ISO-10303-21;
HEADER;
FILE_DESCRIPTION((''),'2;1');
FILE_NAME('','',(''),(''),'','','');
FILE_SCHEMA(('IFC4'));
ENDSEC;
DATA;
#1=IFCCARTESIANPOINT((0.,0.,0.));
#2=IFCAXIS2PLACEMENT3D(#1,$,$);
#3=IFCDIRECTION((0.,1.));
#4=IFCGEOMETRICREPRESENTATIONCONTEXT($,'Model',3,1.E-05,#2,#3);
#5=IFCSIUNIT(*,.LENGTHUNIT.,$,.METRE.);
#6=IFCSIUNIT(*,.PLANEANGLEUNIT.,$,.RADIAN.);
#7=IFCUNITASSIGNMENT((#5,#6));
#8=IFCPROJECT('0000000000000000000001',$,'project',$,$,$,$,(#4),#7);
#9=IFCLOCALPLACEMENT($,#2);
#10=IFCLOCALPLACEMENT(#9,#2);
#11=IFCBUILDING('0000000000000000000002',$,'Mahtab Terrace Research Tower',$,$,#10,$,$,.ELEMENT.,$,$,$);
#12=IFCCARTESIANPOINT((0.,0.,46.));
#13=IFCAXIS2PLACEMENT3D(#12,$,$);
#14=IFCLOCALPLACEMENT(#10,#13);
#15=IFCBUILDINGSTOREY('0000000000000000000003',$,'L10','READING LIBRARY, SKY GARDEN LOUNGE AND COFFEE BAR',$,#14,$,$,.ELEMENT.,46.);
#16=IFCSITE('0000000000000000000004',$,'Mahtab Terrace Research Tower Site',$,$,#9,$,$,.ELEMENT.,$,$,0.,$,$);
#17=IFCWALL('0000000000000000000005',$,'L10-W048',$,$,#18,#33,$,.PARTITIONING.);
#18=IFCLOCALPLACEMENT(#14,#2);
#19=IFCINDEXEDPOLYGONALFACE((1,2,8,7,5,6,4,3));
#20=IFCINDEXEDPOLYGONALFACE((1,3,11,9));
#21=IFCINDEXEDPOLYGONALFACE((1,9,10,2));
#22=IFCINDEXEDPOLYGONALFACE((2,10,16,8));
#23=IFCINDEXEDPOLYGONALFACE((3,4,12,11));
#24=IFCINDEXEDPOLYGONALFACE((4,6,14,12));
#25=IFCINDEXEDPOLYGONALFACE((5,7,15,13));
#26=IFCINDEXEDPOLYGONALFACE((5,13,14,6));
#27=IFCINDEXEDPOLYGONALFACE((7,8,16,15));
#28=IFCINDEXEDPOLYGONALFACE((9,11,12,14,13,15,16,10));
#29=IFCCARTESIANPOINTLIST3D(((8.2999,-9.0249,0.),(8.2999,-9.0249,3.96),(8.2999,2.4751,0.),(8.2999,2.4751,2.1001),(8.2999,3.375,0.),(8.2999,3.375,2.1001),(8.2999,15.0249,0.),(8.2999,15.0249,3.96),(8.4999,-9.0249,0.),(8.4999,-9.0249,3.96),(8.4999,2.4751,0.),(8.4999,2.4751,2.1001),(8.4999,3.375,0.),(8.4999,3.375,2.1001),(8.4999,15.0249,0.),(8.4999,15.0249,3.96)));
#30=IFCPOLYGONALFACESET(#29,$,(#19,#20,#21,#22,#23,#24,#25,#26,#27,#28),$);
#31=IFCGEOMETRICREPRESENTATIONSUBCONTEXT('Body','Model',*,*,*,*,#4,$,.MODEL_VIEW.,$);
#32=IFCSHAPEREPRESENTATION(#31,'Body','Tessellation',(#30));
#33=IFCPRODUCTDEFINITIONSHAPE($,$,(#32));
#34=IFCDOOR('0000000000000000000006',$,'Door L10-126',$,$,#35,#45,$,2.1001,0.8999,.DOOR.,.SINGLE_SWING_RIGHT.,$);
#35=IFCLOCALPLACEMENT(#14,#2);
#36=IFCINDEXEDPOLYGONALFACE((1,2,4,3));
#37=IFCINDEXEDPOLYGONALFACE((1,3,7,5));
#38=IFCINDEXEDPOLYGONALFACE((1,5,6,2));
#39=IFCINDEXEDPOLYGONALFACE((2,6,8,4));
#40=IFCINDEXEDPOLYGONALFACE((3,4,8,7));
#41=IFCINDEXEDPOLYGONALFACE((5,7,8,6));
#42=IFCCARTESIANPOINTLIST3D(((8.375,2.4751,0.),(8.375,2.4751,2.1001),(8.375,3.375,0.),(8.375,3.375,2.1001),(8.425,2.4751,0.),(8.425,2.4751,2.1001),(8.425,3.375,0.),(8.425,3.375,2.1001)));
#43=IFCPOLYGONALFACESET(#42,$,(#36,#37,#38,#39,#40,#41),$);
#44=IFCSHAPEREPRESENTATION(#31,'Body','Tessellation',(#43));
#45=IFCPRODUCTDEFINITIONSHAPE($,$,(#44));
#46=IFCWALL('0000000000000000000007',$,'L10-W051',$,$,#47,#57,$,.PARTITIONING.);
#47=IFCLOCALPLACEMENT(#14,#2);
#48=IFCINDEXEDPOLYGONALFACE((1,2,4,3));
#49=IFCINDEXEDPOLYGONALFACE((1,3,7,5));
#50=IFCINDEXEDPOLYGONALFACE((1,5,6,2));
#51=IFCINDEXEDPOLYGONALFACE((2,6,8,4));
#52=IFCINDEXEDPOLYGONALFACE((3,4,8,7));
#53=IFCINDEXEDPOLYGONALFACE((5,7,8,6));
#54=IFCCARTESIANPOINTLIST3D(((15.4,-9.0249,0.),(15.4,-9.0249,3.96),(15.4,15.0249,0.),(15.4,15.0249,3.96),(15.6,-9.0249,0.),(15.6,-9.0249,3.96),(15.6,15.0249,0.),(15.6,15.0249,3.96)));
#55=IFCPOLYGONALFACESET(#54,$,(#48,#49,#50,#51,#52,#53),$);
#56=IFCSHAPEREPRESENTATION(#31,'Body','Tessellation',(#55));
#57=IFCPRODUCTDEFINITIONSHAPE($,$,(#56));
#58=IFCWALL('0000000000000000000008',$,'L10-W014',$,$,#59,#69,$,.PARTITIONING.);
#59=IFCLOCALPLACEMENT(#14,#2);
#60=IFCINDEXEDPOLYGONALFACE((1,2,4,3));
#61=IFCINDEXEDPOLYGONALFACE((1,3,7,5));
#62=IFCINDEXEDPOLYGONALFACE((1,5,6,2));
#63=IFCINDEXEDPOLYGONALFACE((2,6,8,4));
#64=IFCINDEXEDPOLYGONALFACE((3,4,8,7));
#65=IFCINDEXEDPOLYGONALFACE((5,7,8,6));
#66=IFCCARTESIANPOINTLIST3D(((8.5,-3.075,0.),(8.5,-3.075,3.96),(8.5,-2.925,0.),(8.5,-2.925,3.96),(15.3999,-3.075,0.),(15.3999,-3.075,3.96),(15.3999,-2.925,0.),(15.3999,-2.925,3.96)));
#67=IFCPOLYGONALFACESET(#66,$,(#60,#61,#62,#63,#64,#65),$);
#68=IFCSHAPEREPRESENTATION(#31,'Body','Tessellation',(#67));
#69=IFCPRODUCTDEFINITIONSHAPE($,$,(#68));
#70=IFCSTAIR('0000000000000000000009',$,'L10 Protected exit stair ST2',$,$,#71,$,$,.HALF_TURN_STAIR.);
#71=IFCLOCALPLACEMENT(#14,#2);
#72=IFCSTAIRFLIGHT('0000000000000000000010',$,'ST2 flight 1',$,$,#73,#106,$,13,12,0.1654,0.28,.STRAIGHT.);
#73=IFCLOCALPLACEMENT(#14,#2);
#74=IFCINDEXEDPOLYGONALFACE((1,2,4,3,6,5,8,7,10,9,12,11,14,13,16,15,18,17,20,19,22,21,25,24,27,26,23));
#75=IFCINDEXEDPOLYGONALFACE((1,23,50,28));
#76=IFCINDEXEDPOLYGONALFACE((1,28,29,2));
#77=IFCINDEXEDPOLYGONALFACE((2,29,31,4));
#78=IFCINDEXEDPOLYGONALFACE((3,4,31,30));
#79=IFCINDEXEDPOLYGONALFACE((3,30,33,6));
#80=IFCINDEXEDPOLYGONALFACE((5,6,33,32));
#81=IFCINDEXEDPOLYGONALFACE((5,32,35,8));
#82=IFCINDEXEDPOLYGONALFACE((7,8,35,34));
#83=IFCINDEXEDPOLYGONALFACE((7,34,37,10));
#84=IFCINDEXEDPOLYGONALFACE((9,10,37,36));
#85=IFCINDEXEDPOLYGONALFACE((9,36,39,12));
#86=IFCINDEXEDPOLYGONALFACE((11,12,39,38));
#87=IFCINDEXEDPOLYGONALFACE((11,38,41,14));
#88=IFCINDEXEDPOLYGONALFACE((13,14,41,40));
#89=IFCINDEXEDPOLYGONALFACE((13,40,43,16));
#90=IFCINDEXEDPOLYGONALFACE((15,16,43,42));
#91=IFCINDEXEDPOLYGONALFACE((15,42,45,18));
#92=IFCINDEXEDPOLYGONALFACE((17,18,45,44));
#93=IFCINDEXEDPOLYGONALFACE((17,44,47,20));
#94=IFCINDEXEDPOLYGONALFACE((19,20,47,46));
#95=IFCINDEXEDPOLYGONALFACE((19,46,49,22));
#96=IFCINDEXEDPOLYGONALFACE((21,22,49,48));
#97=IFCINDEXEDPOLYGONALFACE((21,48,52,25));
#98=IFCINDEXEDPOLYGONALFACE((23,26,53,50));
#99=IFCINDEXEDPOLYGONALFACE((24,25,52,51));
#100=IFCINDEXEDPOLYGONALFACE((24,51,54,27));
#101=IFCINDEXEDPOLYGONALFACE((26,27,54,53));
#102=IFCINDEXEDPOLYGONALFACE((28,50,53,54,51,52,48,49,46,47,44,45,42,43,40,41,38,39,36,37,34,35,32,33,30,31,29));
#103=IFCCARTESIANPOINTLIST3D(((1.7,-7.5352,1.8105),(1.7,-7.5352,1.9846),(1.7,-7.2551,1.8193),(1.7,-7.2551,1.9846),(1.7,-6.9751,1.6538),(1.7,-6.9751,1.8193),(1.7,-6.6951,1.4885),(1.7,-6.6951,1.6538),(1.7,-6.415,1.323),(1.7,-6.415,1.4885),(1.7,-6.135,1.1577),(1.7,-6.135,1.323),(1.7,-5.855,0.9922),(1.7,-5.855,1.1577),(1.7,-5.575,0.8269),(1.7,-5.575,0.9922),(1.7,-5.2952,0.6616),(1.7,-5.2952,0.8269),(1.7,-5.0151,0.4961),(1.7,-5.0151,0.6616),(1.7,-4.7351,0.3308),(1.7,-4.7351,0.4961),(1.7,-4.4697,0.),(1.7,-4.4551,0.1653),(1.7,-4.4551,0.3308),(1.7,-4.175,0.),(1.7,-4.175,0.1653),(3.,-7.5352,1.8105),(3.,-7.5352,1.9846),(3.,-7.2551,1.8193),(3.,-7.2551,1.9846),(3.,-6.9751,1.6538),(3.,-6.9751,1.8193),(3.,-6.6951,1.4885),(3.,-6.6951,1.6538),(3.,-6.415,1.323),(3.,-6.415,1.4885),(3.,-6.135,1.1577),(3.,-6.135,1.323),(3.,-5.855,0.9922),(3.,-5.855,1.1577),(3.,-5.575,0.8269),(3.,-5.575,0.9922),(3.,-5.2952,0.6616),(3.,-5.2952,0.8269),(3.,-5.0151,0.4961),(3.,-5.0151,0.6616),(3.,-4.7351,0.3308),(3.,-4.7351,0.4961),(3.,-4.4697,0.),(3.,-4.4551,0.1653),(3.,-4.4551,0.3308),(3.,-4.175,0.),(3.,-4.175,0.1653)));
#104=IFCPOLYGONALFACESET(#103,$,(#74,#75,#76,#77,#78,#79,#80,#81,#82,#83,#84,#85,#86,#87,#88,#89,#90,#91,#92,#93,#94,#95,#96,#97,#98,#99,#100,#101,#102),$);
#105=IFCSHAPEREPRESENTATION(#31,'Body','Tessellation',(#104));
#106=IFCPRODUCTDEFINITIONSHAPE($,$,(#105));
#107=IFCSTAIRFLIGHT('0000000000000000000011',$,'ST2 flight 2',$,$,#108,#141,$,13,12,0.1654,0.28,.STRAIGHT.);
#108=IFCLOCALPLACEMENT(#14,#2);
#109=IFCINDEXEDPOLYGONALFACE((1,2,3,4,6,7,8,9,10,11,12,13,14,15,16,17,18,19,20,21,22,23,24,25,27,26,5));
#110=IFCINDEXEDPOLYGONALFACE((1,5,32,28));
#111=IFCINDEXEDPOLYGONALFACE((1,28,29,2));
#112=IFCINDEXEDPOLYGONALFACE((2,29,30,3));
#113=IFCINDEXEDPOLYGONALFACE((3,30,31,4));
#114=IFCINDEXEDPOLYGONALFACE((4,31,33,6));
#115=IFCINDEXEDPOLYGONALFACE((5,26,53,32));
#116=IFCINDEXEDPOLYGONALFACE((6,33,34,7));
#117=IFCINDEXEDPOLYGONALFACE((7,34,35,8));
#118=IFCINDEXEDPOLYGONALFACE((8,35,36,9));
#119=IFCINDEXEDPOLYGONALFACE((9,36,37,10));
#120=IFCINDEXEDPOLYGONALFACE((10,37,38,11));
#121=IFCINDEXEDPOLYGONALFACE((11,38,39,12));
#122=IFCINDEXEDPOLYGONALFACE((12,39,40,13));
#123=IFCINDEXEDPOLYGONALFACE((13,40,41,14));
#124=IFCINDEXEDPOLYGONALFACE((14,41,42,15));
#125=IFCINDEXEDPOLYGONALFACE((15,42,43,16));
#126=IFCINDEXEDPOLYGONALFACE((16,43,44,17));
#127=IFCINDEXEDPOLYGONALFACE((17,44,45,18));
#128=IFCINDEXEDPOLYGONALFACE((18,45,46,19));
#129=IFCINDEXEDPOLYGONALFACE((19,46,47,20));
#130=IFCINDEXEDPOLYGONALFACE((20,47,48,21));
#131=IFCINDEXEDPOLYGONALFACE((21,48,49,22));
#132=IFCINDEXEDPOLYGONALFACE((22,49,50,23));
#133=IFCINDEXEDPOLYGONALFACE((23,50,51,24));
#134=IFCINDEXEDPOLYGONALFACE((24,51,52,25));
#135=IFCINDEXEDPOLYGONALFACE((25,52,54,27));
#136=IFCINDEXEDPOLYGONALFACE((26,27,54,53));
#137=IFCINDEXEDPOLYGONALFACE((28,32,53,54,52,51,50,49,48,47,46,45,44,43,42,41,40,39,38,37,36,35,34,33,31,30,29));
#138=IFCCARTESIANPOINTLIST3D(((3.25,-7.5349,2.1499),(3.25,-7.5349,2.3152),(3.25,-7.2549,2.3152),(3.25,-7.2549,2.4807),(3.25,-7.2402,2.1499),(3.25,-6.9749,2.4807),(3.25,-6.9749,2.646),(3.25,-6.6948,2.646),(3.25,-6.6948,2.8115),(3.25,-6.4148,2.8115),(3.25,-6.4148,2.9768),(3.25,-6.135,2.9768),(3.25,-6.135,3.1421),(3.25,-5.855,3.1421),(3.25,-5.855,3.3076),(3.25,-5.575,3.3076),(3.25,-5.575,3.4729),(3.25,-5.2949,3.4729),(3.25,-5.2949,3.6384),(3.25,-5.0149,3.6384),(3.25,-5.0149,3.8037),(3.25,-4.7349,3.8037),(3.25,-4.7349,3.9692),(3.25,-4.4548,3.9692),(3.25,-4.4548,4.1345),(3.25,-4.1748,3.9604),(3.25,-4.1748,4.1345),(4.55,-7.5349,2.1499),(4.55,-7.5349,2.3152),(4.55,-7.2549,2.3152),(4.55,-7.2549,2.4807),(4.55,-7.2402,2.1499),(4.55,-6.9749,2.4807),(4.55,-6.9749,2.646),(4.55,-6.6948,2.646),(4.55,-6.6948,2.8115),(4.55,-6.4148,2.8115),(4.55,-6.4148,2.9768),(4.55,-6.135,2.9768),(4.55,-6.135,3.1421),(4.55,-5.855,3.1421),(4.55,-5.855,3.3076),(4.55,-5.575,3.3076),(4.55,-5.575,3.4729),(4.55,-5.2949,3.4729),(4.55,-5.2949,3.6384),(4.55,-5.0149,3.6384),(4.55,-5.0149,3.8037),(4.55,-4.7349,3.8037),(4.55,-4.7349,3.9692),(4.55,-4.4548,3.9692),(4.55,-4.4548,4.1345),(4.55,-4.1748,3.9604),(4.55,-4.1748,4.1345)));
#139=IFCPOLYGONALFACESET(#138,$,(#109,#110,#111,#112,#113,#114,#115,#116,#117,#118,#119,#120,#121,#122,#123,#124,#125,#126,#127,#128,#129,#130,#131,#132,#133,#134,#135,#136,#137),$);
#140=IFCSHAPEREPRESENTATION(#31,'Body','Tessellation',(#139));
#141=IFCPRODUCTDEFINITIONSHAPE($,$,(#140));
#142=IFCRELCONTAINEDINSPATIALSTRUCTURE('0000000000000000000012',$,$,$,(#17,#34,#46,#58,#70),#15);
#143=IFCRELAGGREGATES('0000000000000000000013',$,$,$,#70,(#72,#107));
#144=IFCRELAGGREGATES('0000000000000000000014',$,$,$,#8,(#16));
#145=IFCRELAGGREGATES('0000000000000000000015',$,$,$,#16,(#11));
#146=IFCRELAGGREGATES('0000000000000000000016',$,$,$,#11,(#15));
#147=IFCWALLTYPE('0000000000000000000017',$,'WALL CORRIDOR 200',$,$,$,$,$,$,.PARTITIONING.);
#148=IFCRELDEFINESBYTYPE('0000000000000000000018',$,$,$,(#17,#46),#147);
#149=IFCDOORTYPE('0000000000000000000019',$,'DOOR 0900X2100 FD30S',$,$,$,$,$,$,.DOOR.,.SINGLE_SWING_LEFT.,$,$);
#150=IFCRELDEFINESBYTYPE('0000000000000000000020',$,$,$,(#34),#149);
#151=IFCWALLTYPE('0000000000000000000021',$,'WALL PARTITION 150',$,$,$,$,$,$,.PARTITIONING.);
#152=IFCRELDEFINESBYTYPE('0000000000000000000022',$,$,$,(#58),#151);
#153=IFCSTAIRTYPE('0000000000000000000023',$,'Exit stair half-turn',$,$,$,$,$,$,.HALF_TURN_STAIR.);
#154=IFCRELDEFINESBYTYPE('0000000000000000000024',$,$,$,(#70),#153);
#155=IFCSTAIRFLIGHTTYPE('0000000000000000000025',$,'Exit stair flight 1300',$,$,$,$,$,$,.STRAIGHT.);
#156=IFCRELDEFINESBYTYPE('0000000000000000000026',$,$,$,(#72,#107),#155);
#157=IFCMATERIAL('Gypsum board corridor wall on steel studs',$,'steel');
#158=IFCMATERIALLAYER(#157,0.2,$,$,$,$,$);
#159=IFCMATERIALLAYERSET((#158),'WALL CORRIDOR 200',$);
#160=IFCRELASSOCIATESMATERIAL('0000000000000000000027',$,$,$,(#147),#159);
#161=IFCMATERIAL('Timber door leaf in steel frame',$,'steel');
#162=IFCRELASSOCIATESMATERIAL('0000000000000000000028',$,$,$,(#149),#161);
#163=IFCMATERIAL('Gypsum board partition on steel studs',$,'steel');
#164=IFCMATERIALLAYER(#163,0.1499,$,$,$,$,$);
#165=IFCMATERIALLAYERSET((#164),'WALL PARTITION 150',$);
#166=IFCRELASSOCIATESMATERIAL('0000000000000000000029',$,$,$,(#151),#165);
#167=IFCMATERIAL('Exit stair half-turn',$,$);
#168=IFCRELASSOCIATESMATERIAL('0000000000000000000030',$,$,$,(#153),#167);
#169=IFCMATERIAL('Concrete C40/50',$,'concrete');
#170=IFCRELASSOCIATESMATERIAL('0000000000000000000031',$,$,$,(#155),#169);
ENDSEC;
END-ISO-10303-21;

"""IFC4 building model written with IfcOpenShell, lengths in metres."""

from ifc_helpers import new_model, si_unit, direction, frame, frame_2d, origin, place, context, subcontext, project, spatial, polyline, rectangle, outline, extrude, material, layer, layer_set, type_object, element, fill, aggregate, save


model = new_model("IFC4")

# Units and contexts
model_context = context("Model", 3, precision=1e-05, world=origin(), true_north=direction((0.0, 1.0)))
body_context = subcontext(model_context, "Body", "Model", "MODEL_VIEW")
ifc_project = project(units=[si_unit("LENGTHUNIT", "METRE"), si_unit("PLANEANGLEUNIT", "RADIAN")], contexts=[model_context])

# Site, building, storey
site_placement = place(None, origin())
site = spatial("IfcSite", under=ifc_project, at=site_placement, Name="Mahtab Terrace Research Tower Site", CompositionType="ELEMENT", RefElevation=0.0)
building_placement = place(site_placement, origin())
building = spatial("IfcBuilding", under=site, at=building_placement, Name="Mahtab Terrace Research Tower", CompositionType="ELEMENT")
storey_placement = place(building_placement, frame((0.0, 0.0, 46.0)))
storey = spatial("IfcBuildingStorey", under=building, at=storey_placement, Name="L10", Description="READING LIBRARY, SKY GARDEN LOUNGE AND COFFEE BAR", CompositionType="ELEMENT", Elevation=46.0)

# Shared definitions
ifc_material_1 = material(Name="Gypsum board corridor wall on steel studs", Category="steel")
ifc_layer_1 = layer(ifc_material_1, 0.2)
ifc_layer_set_1 = layer_set([ifc_layer_1], Name="WALL CORRIDOR 200")
wall_type_1 = type_object("IfcWallType", Name="WALL CORRIDOR 200", PredefinedType="PARTITIONING", material=ifc_layer_set_1)
ifc_material_2 = material(Name="Timber door leaf in steel frame", Category="steel")

# Wall, opening, door
door_type_1 = type_object("IfcDoorType", Name="DOOR 0900X2100 FD30S", OperationType="SINGLE_SWING_LEFT", PredefinedType="DOOR", material=ifc_material_2)
wall_1_placement = place(storey_placement, frame((8.3999, -9.0249, 0.0), z_axis=(0.0, 0.0, 1.0), x_axis=(0.0, 1.0, 0.0)))
wall_1 = element("IfcWall", 1, at=wall_1_placement, inside=storey, type_object=wall_type_1, Name="L10-W048", PredefinedType="PARTITIONING", context=body_context, shape_type="SweptSolid", body=[
    extrude(rectangle(XDim=24.0498, YDim=0.2, at=frame_2d((12.0249, 0.0))), origin(), (0.0, 0.0, 1.0), 3.96),
])
opening_1_placement = place(wall_1_placement, frame((11.5, 0.0, 0.0)))
opening_1 = element("IfcOpeningElement", 2, at=opening_1_placement, cuts=wall_1, PredefinedType="OPENING", context=body_context, shape_type="SweptSolid", body=[
    extrude(rectangle(XDim=0.8999, YDim=2.1001, at=frame_2d((0.45, 1.05))), frame((0.0, 0.1099, 0.0), z_axis=(0.0, -1.0, 0.0), x_axis=(1.0, 0.0, 0.0)), (0.0, 0.0, 1.0), 0.22),
])
door_1_placement = place(opening_1_placement, origin())
door_1 = element("IfcDoor", 3, at=door_1_placement, inside=storey, type_object=door_type_1, Name="Door L10-126", OperationType="SINGLE_SWING_RIGHT", OverallHeight=2.1001, OverallWidth=0.8999, PredefinedType="DOOR", context=body_context, shape_type="SweptSolid", body=[
    extrude(rectangle(XDim=0.8999, YDim=2.1001, at=frame_2d((0.45, 1.05))), frame((0.0, 0.0249, 0.0), z_axis=(0.0, -1.0, 0.0), x_axis=(1.0, 0.0, 0.0)), (0.0, 0.0, 1.0), 0.05),
])
fill(opening_1, door_1)

# Walls
wall_2_placement = place(storey_placement, frame((15.5, -9.0249, 0.0), z_axis=(0.0, 0.0, 1.0), x_axis=(0.0, 1.0, 0.0)))
element("IfcWall", 4, at=wall_2_placement, inside=storey, type_object=wall_type_1, Name="L10-W051", PredefinedType="PARTITIONING", context=body_context, shape_type="SweptSolid", body=[
    extrude(rectangle(XDim=24.0498, YDim=0.2, at=frame_2d((12.0249, 0.0))), origin(), (0.0, 0.0, 1.0), 3.96),
])
ifc_material_3 = material(Name="Gypsum board partition on steel studs", Category="steel")
ifc_layer_2 = layer(ifc_material_3, 0.1499)
ifc_layer_set_2 = layer_set([ifc_layer_2], Name="WALL PARTITION 150")
wall_type_2 = type_object("IfcWallType", Name="WALL PARTITION 150", PredefinedType="PARTITIONING", material=ifc_layer_set_2)
wall_3_placement = place(storey_placement, frame((8.5, -3.0, 0.0), z_axis=(0.0, 0.0, 1.0), x_axis=(1.0, 0.0, 0.0)))
element("IfcWall", 5, at=wall_3_placement, inside=storey, type_object=wall_type_2, Name="L10-W014", PredefinedType="PARTITIONING", context=body_context, shape_type="SweptSolid", body=[
    extrude(rectangle(XDim=6.8999, YDim=0.1499, at=frame_2d((3.45, 0.0))), origin(), (0.0, 0.0, 1.0), 3.96),
])

# Stair, stair flights
ifc_material_4 = material(Name="Exit stair half-turn")
stair_type = type_object("IfcStairType", Name="Exit stair half-turn", PredefinedType="HALF_TURN_STAIR", material=ifc_material_4)
stair_placement = place(storey_placement, origin())
stair = element("IfcStair", 6, at=stair_placement, inside=storey, type_object=stair_type, Name="L10 Protected exit stair ST2", PredefinedType="HALF_TURN_STAIR")
ifc_material_5 = material(Name="Concrete C40/50", Category="concrete")
stair_flight_type = type_object("IfcStairFlightType", Name="Exit stair flight 1300", PredefinedType="STRAIGHT", material=ifc_material_5)
stair_flight_1_placement = place(storey_placement, frame((2.3501, -4.175, 0.0), z_axis=(0.0, 0.0, 1.0), x_axis=(0.0, -1.0, 0.0)))
stair_flight_1 = element("IfcStairFlight", 7, at=stair_flight_1_placement, type_object=stair_flight_type, Name="ST2 flight 1", NumberOfRisers=13, NumberOfTreads=12, PredefinedType="STRAIGHT", RiserHeight=0.1654, TreadLength=0.28, context=body_context, shape_type="SweptSolid", body=[
    extrude(outline(polyline([(0.0, 0.0), (0.0, 0.1653), (0.28, 0.1653), (0.28, 0.3308), (0.5601, 0.3308), (0.5601, 0.4961), (0.8401, 0.4961), (0.8401, 0.6616), (1.1201, 0.6616), (1.1201, 0.8269), (1.3999, 0.8269), (1.3999, 0.9922), (1.6799, 0.9922), (1.6799, 1.1577), (1.96, 1.1577), (1.96, 1.323), (2.24, 1.323), (2.24, 1.4885), (2.52, 1.4885), (2.52, 1.6538), (2.8, 1.6538), (2.8, 1.8193), (3.0801, 1.8193), (3.0801, 1.9846), (3.3601, 1.9846), (3.3601, 2.1499), (3.3601, 1.8105), (0.2947, 0.0), (0.0, 0.0)])), frame((0.0, 0.6499, 0.0), z_axis=(0.0, -1.0, 0.0), x_axis=(1.0, 0.0, 0.0)), (0.0, 0.0, 1.0), 1.3),
])
stair_flight_2_placement = place(storey_placement, frame((3.8999, -7.5349, 2.1499), z_axis=(0.0, 0.0, 1.0), x_axis=(0.0, 1.0, 0.0)))
stair_flight_2 = element("IfcStairFlight", 8, at=stair_flight_2_placement, type_object=stair_flight_type, Name="ST2 flight 2", NumberOfRisers=13, NumberOfTreads=12, PredefinedType="STRAIGHT", RiserHeight=0.1654, TreadLength=0.28, context=body_context, shape_type="SweptSolid", body=[
    extrude(outline(polyline([(0.0, 0.0), (0.0, 0.1653), (0.28, 0.1653), (0.28, 0.3308), (0.5601, 0.3308), (0.5601, 0.4961), (0.8401, 0.4961), (0.8401, 0.6616), (1.1201, 0.6616), (1.1201, 0.8269), (1.3999, 0.8269), (1.3999, 0.9922), (1.6799, 0.9922), (1.6799, 1.1577), (1.96, 1.1577), (1.96, 1.323), (2.24, 1.323), (2.24, 1.4885), (2.52, 1.4885), (2.52, 1.6538), (2.8, 1.6538), (2.8, 1.8193), (3.0801, 1.8193), (3.0801, 1.9846), (3.3601, 1.9846), (3.3601, 2.1499), (3.3601, 1.8105), (0.2947, 0.0), (0.0, 0.0)])), frame((0.0, 0.6499, 0.0), z_axis=(0.0, -1.0, 0.0), x_axis=(1.0, 0.0, 0.0)), (0.0, 0.0, 1.0), 1.3),
])
aggregate(stair, [stair_flight_1, stair_flight_2])

save(model, "model.ifc")
